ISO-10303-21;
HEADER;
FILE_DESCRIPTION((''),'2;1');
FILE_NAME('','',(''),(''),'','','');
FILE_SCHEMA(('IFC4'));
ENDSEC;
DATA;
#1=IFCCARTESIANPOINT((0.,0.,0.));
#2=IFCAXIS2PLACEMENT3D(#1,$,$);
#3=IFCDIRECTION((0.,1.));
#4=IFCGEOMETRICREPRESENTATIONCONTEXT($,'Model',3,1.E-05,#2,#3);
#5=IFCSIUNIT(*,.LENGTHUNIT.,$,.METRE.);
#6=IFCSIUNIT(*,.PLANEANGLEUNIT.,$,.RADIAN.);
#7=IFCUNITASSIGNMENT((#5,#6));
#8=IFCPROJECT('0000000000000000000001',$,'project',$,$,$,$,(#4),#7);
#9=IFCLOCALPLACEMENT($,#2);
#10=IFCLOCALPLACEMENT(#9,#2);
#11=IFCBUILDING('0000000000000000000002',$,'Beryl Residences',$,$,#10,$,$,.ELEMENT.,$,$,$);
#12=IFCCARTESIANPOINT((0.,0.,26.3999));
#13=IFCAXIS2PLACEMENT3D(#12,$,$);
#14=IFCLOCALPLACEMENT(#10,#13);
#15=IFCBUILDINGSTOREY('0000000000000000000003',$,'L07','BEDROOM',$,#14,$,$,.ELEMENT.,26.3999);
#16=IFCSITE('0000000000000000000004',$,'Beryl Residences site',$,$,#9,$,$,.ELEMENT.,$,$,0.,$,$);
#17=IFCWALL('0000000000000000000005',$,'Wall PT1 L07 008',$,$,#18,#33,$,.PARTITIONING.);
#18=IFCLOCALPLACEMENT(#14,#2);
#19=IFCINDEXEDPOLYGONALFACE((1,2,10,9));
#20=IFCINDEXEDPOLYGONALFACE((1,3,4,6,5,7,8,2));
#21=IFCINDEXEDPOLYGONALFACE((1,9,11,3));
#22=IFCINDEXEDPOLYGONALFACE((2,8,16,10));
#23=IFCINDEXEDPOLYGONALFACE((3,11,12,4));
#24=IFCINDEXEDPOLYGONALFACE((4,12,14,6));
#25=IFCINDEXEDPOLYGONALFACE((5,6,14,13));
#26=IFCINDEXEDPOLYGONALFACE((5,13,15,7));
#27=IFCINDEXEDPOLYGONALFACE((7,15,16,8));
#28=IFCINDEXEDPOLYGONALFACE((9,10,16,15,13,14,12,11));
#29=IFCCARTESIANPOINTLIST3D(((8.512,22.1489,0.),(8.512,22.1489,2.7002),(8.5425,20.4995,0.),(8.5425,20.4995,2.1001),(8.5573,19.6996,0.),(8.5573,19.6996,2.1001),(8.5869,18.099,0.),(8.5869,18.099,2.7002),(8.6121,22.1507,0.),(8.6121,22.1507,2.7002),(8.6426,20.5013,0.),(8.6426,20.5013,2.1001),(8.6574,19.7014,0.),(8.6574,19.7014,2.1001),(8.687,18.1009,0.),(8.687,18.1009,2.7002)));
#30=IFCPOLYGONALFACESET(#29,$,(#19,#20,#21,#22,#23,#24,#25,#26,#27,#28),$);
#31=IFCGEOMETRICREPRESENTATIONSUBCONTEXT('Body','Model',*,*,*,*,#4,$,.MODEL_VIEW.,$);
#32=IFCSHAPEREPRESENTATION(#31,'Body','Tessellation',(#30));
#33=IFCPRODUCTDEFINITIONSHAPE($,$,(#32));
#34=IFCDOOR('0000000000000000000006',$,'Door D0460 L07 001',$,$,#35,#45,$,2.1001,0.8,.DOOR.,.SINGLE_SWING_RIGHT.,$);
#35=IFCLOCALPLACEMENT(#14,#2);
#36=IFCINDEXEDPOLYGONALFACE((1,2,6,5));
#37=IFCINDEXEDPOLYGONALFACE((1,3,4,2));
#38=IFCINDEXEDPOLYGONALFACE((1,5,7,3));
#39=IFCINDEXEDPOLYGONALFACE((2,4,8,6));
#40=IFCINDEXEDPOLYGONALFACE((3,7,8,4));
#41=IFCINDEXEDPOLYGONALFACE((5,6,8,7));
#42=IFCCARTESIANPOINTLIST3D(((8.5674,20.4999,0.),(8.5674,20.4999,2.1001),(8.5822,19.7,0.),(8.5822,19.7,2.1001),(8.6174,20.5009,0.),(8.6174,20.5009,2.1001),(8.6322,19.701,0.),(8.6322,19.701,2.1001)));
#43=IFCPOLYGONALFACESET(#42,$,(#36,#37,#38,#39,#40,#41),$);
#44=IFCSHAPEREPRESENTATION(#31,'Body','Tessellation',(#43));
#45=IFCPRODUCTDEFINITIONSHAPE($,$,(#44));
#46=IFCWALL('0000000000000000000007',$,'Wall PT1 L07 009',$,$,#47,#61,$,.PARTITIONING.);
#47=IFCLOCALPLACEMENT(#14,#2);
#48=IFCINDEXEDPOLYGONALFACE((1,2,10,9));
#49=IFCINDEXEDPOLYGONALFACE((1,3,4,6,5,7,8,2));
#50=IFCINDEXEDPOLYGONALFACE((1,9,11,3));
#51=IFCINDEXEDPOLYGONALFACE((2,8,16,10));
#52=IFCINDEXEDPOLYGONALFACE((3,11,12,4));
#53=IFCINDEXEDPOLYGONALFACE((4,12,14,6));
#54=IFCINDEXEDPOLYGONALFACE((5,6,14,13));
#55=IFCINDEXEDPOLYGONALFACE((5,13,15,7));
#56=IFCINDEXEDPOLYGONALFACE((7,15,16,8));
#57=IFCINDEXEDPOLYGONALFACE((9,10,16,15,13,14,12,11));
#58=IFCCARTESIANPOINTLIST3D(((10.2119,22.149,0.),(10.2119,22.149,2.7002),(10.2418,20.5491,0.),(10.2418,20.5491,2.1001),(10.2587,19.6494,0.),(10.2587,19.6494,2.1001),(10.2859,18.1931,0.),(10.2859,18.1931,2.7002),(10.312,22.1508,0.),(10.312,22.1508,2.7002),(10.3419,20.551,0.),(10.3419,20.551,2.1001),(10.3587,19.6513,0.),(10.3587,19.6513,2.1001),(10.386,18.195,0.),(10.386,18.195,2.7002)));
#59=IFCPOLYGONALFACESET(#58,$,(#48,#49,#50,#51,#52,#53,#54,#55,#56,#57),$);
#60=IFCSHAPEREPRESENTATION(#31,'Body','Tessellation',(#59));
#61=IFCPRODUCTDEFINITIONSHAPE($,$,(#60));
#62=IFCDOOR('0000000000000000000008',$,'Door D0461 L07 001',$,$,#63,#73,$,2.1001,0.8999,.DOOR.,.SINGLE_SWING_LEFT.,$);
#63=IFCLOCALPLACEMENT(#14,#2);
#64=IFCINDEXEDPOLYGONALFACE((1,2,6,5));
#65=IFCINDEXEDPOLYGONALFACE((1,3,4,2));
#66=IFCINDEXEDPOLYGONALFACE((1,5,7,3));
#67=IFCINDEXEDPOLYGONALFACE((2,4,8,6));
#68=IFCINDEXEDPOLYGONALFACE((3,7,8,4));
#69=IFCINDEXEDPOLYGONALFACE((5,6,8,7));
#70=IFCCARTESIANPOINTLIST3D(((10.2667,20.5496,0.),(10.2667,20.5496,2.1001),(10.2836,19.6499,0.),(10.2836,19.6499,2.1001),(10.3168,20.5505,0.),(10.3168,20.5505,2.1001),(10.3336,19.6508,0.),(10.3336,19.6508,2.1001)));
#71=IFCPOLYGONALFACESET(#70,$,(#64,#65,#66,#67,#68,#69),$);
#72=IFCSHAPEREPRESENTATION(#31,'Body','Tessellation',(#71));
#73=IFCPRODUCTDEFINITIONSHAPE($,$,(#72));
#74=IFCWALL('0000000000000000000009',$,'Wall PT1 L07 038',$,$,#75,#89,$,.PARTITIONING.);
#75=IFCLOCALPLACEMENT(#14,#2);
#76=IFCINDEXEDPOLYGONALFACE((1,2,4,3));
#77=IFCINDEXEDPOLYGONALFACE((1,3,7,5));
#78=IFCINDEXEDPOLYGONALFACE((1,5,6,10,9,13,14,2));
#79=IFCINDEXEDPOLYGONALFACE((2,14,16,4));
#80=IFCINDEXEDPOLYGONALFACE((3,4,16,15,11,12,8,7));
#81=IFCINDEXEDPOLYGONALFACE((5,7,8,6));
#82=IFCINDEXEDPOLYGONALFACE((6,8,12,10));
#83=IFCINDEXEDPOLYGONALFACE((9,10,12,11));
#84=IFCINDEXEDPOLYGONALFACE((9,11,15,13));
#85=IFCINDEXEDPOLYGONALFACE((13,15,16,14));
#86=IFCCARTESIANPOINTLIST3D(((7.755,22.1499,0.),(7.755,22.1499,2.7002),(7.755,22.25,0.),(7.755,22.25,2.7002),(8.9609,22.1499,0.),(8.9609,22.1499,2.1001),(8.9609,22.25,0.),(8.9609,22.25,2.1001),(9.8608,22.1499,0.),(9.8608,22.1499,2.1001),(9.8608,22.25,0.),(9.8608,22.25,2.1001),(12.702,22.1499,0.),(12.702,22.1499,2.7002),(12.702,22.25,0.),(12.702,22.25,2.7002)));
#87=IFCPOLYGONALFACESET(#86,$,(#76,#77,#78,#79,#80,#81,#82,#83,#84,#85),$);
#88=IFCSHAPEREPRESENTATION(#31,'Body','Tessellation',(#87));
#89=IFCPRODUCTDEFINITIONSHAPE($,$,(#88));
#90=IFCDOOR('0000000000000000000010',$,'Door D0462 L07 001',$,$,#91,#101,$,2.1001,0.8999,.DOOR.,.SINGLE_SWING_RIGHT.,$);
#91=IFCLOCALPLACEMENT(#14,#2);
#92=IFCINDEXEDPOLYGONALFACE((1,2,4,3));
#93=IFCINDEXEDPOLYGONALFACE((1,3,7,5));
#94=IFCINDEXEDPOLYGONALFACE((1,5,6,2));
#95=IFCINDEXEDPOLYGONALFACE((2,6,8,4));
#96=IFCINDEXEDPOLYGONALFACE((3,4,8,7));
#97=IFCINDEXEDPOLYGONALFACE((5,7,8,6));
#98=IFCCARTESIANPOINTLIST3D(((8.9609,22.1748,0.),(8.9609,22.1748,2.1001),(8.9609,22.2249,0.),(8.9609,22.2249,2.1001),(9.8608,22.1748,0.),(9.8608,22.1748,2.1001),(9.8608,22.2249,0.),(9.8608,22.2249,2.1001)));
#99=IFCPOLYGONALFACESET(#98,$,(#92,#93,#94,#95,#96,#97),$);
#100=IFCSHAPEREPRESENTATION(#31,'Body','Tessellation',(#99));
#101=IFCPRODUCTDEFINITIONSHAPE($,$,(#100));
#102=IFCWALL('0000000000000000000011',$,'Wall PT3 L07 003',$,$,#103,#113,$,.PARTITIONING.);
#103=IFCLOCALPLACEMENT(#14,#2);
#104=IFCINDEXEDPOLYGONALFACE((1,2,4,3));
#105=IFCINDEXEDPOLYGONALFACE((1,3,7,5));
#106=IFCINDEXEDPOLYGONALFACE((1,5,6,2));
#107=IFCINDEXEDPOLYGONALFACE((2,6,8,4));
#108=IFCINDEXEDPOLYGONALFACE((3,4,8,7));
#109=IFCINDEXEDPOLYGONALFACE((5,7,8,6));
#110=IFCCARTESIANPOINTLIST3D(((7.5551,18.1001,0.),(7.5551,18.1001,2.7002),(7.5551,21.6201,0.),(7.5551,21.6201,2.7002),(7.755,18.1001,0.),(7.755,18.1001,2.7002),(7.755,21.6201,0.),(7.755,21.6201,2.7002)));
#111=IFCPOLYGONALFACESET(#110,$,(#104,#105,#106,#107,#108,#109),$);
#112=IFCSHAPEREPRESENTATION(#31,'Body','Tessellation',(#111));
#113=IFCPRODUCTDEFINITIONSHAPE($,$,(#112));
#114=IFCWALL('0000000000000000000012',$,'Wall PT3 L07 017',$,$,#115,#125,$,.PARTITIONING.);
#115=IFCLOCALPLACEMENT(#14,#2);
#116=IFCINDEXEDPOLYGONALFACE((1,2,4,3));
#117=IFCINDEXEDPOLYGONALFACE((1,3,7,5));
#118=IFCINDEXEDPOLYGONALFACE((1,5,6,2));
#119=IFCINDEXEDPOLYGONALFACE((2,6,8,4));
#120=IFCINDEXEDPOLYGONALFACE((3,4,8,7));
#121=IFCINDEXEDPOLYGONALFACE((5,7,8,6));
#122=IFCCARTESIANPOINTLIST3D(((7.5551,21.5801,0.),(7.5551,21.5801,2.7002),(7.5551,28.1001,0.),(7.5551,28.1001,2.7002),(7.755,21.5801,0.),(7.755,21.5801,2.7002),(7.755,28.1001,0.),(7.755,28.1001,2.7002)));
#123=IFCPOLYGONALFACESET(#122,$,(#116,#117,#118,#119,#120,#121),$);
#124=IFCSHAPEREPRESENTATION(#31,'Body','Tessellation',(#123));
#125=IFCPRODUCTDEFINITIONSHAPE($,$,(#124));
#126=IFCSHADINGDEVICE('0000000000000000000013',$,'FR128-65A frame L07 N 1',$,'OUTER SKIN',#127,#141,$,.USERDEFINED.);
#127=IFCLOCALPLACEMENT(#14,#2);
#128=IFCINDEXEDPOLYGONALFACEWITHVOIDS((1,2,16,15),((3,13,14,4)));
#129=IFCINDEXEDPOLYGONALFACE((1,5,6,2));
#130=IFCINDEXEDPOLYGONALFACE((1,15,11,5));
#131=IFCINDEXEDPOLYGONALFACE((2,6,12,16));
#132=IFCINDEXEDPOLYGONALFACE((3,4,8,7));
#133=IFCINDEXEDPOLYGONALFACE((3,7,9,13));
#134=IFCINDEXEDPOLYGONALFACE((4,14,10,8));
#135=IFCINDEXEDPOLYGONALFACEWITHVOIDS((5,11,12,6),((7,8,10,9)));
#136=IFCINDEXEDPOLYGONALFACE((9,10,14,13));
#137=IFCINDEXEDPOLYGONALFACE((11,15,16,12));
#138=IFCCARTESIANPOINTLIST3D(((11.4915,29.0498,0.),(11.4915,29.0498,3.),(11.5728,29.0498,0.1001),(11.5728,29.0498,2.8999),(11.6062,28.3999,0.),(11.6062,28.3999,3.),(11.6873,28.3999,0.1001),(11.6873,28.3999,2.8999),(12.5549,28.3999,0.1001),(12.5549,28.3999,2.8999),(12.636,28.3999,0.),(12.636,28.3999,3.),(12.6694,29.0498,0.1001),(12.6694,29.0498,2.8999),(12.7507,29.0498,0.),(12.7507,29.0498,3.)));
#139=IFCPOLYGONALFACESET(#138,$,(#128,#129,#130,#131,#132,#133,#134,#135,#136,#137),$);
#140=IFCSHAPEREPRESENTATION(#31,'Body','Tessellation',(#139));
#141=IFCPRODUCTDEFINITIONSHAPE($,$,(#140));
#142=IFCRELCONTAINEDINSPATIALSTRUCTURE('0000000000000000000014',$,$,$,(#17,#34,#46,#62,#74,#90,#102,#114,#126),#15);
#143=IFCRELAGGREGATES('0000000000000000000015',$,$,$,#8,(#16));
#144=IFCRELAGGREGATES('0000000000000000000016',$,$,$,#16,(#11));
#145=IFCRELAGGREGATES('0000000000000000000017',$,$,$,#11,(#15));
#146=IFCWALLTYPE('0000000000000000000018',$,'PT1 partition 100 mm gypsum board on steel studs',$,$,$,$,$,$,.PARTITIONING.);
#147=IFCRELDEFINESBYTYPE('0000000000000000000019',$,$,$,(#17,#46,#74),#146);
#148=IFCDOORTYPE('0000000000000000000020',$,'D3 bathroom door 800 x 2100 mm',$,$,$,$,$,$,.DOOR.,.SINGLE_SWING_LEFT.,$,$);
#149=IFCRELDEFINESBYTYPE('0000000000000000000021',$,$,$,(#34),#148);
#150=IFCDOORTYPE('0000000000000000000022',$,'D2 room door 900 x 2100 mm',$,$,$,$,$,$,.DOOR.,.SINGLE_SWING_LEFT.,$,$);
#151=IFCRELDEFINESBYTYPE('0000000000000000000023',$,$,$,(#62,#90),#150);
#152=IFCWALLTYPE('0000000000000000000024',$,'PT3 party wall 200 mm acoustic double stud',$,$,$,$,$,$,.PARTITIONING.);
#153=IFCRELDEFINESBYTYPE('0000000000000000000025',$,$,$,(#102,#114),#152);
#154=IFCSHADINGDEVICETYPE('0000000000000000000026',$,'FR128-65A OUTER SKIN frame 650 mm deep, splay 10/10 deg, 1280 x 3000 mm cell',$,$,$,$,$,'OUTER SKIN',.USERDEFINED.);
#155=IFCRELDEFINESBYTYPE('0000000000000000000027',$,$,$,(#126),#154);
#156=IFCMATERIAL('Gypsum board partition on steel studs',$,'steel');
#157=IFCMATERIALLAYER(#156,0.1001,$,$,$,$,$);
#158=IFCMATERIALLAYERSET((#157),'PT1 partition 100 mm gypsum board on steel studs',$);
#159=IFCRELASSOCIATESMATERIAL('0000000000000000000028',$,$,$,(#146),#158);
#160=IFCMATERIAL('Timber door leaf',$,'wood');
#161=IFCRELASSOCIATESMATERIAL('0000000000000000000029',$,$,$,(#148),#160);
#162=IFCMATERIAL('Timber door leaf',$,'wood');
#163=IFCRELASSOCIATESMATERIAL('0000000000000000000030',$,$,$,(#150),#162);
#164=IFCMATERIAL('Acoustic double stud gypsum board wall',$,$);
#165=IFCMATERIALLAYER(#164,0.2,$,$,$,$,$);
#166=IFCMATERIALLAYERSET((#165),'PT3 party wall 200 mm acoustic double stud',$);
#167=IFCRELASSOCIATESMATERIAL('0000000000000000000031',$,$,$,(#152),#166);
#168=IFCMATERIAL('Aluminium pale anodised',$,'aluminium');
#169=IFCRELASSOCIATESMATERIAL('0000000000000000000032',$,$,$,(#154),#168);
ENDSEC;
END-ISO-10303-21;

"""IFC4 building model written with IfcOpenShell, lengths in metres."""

from ifc_helpers import new_model, entity, si_unit, direction, frame, frame_2d, origin, place, context, subcontext, project, spatial, rectangle, extrude, source, transform, mapped, material, layer, layer_set, type_object, type_shapes, element, fill, save


model = new_model("IFC4")

# Units and contexts
model_context = context("Model", 3, precision=1e-05, world=origin(), true_north=direction((0.0, 1.0)))
body_context = subcontext(model_context, "Body", "Model", "MODEL_VIEW")
ifc_project = project(units=[si_unit("LENGTHUNIT", "METRE"), si_unit("PLANEANGLEUNIT", "RADIAN")], contexts=[model_context])

# Site, building, storey
site_placement = place(None, origin())
site = spatial("IfcSite", under=ifc_project, at=site_placement, Name="Beryl Residences site", CompositionType="ELEMENT", RefElevation=0.0)
building_placement = place(site_placement, origin())
building = spatial("IfcBuilding", under=site, at=building_placement, Name="Beryl Residences", CompositionType="ELEMENT")
storey_placement = place(building_placement, frame((0.0, 0.0, 26.3999)))
storey = spatial("IfcBuildingStorey", under=building, at=storey_placement, Name="L07", Description="BEDROOM", CompositionType="ELEMENT", Elevation=26.3999)

# Walls, openings, doors
ifc_material_1 = material(Name="Gypsum board partition on steel studs", Category="steel")
ifc_layer_1 = layer(ifc_material_1, 0.1001)
ifc_layer_set_1 = layer_set([ifc_layer_1], Name="PT1 partition 100 mm gypsum board on steel studs")
wall_type_1 = type_object("IfcWallType", Name="PT1 partition 100 mm gypsum board on steel studs", PredefinedType="PARTITIONING", material=ifc_layer_set_1)
wall_1_placement = place(storey_placement, frame((8.562, 22.1499, 0.0), z_axis=(0.0, 0.0, 1.0), x_axis=(0.018504, -0.999829, 0.0)))
wall_1 = element("IfcWall", 1, at=wall_1_placement, inside=storey, type_object=wall_type_1, Name="Wall PT1 L07 008", PredefinedType="PARTITIONING", context=body_context, shape_type="SweptSolid", body=[
    extrude(rectangle(XDim=4.0505, YDim=0.1001, at=frame_2d((2.0254, 0.0))), origin(), (0.0, 0.0, 1.0), 2.7002),
])
opening_1_placement = place(wall_1_placement, frame((1.6499, 0.0, 0.0)))
opening_1 = element("IfcOpeningElement", 2, at=opening_1_placement, cuts=wall_1, PredefinedType="OPENING", context=body_context, shape_type="SweptSolid", body=[
    extrude(rectangle(XDim=0.8, YDim=2.1001, at=frame_2d((0.3999, 1.05))), frame((0.0, 0.0601, 0.0), z_axis=(0.0, -1.0, 0.0), x_axis=(1.0, 0.0, 0.0)), (0.0, 0.0, 1.0), 0.1201),
])
ifc_material_2 = material(Name="Timber door leaf", Category="wood")
door_type_1 = type_object("IfcDoorType", Name="D3 bathroom door 800 x 2100 mm", OperationType="SINGLE_SWING_LEFT", PredefinedType="DOOR", material=ifc_material_2)
door_1_placement = place(opening_1_placement, origin())
door_1 = element("IfcDoor", 3, at=door_1_placement, inside=storey, type_object=door_type_1, Name="Door D0460 L07 001", OperationType="SINGLE_SWING_RIGHT", OverallHeight=2.1001, OverallWidth=0.8, PredefinedType="DOOR", context=body_context, shape_type="SweptSolid", body=[
    extrude(rectangle(XDim=0.8, YDim=2.1001, at=frame_2d((0.3999, 1.05))), frame((0.0, 0.0249, 0.0), z_axis=(0.0, -1.0, 0.0), x_axis=(1.0, 0.0, 0.0)), (0.0, 0.0, 1.0), 0.05),
])
fill(opening_1, door_1)
wall_2_placement = place(storey_placement, frame((10.262, 22.1499, 0.0), z_axis=(0.0, 0.0, 1.0), x_axis=(0.018697, -0.999825, 0.0)))
wall_2 = element("IfcWall", 4, at=wall_2_placement, inside=storey, type_object=wall_type_1, Name="Wall PT1 L07 009", PredefinedType="PARTITIONING", context=body_context, shape_type="SweptSolid", body=[
    extrude(rectangle(XDim=3.9565, YDim=0.1001, at=frame_2d((1.9783, 0.0))), origin(), (0.0, 0.0, 1.0), 2.7002),
])
opening_2_placement = place(wall_2_placement, frame((1.6001, 0.0, 0.0)))
opening_2 = element("IfcOpeningElement", 5, at=opening_2_placement, cuts=wall_2, PredefinedType="OPENING", context=body_context, shape_type="SweptSolid", body=[
    extrude(rectangle(XDim=0.8999, YDim=2.1001, at=frame_2d((0.45, 1.05))), frame((0.0, 0.0601, 0.0), z_axis=(0.0, -1.0, 0.0), x_axis=(1.0, 0.0, 0.0)), (0.0, 0.0, 1.0), 0.1201),
])
ifc_material_3 = material(Name="Timber door leaf", Category="wood")
door_type_2 = type_object("IfcDoorType", Name="D2 room door 900 x 2100 mm", OperationType="SINGLE_SWING_LEFT", PredefinedType="DOOR", material=ifc_material_3)
door_2_placement = place(opening_2_placement, origin())
door_2 = element("IfcDoor", 6, at=door_2_placement, inside=storey, type_object=door_type_2, Name="Door D0461 L07 001", OperationType="SINGLE_SWING_LEFT", OverallHeight=2.1001, OverallWidth=0.8999, PredefinedType="DOOR", context=body_context, shape_type="SweptSolid", body=[
    extrude(rectangle(XDim=0.8999, YDim=2.1001, at=frame_2d((0.45, 1.05))), frame((0.0, 0.0249, 0.0), z_axis=(0.0, -1.0, 0.0), x_axis=(1.0, 0.0, 0.0)), (0.0, 0.0, 1.0), 0.05),
])
fill(opening_2, door_2)
wall_3_placement = place(storey_placement, frame((7.7549, 22.2, 0.0), z_axis=(0.0, 0.0, 1.0), x_axis=(1.0, 0.0, 0.0)))
wall_3 = element("IfcWall", 7, at=wall_3_placement, inside=storey, type_object=wall_type_1, Name="Wall PT1 L07 038", PredefinedType="PARTITIONING", context=body_context, shape_type="SweptSolid", body=[
    extrude(rectangle(XDim=4.947, YDim=0.1001, at=frame_2d((2.4736, 0.0))), origin(), (0.0, 0.0, 1.0), 2.7002),
])
opening_3_placement = place(wall_3_placement, frame((1.2061, 0.0, 0.0)))
opening_3 = element("IfcOpeningElement", 8, at=opening_3_placement, cuts=wall_3, PredefinedType="OPENING", context=body_context, shape_type="SweptSolid", body=[
    extrude(rectangle(XDim=0.8999, YDim=2.1001, at=frame_2d((0.45, 1.05))), frame((0.0, 0.0601, 0.0), z_axis=(0.0, -1.0, 0.0), x_axis=(1.0, 0.0, 0.0)), (0.0, 0.0, 1.0), 0.1201),
])
door_3_placement = place(opening_3_placement, origin())
door_3 = element("IfcDoor", 9, at=door_3_placement, inside=storey, type_object=door_type_2, Name="Door D0462 L07 001", OperationType="SINGLE_SWING_RIGHT", OverallHeight=2.1001, OverallWidth=0.8999, PredefinedType="DOOR", context=body_context, shape_type="SweptSolid", body=[
    extrude(rectangle(XDim=0.8999, YDim=2.1001, at=frame_2d((0.45, 1.05))), frame((0.0, 0.0249, 0.0), z_axis=(0.0, -1.0, 0.0), x_axis=(1.0, 0.0, 0.0)), (0.0, 0.0, 1.0), 0.05),
])
fill(opening_3, door_3)

# Walls
ifc_material_4 = material(Name="Acoustic double stud gypsum board wall")
ifc_layer_2 = layer(ifc_material_4, 0.2)
ifc_layer_set_2 = layer_set([ifc_layer_2], Name="PT3 party wall 200 mm acoustic double stud")
wall_type_2 = type_object("IfcWallType", Name="PT3 party wall 200 mm acoustic double stud", PredefinedType="PARTITIONING", material=ifc_layer_set_2)
wall_4_placement = place(storey_placement, frame((7.655, 21.6201, 0.0), z_axis=(0.0, 0.0, 1.0), x_axis=(0.0, -1.0, 0.0)))
element("IfcWall", 10, at=wall_4_placement, inside=storey, type_object=wall_type_2, Name="Wall PT3 L07 003", PredefinedType="PARTITIONING", context=body_context, shape_type="SweptSolid", body=[
    extrude(rectangle(XDim=3.52, YDim=0.2, at=frame_2d((1.76, 0.0))), origin(), (0.0, 0.0, 1.0), 2.7002),
])
wall_5_placement = place(storey_placement, frame((7.655, 21.5801, 0.0), z_axis=(0.0, 0.0, 1.0), x_axis=(0.0, 1.0, 0.0)))
element("IfcWall", 11, at=wall_5_placement, inside=storey, type_object=wall_type_2, Name="Wall PT3 L07 017", PredefinedType="PARTITIONING", context=body_context, shape_type="SweptSolid", body=[
    extrude(rectangle(XDim=6.52, YDim=0.2, at=frame_2d((3.26, 0.0))), origin(), (0.0, 0.0, 1.0), 2.7002),
])

# Shading device
ifc_material_5 = material(Name="Aluminium pale anodised", Category="aluminium")
shading_device_type_1 = type_object("IfcShadingDeviceType", Name="FR128-65A OUTER SKIN frame 650 mm deep, splay 10/10 deg, 1280 x 3000 mm cell", ElementType="OUTER SKIN", PredefinedType="USERDEFINED", material=ifc_material_5)
cartesian_point_1 = entity("IfcCartesianPoint", [-0.5149, 0.0])
cartesian_point_2 = entity("IfcCartesianPoint", [-0.4338, 0.1001])
cartesian_point_3 = entity("IfcCartesianPoint", [-0.6296, 0.0])
cartesian_point_4 = entity("IfcCartesianPoint", [-0.5483, 0.1001])
shared_shape_1 = source(origin(), body_context, "Body", "SweptSolid", [
    entity("IfcExtrudedAreaSolidTapered", entity("IfcArbitraryProfileDefWithVoids", "AREA", None, entity("IfcPolyline", [cartesian_point_1, entity("IfcCartesianPoint", [0.5149, 0.0]), entity("IfcCartesianPoint", [0.5149, 3.0]), entity("IfcCartesianPoint", [-0.5149, 3.0]), cartesian_point_1]), [entity("IfcPolyline", [cartesian_point_2, entity("IfcCartesianPoint", [0.4338, 0.1001]), entity("IfcCartesianPoint", [0.4338, 2.8999]), entity("IfcCartesianPoint", [-0.4338, 2.8999]), cartesian_point_2])]), entity("IfcAxis2Placement3D", entity("IfcCartesianPoint", [0.0, 0.0, 0.0]), entity("IfcDirection", [0.0, 1.0, 0.0]), entity("IfcDirection", [-1.0, 0.0, 0.0])), entity("IfcDirection", [0.0, 0.0, 1.0]), 0.6499, entity("IfcArbitraryProfileDefWithVoids", "AREA", None, entity("IfcPolyline", [cartesian_point_3, entity("IfcCartesianPoint", [0.6296, 0.0]), entity("IfcCartesianPoint", [0.6296, 3.0]), entity("IfcCartesianPoint", [-0.6296, 3.0]), cartesian_point_3]), [entity("IfcPolyline", [cartesian_point_4, entity("IfcCartesianPoint", [0.5483, 0.1001]), entity("IfcCartesianPoint", [0.5483, 2.8999]), entity("IfcCartesianPoint", [-0.5483, 2.8999]), cartesian_point_4])])),
])
type_shapes(shading_device_type_1, [shared_shape_1])
shading_device_placement = place(storey_placement, frame((12.1211, 28.3999, 0.0), z_axis=(0.0, 0.0, 1.0), x_axis=(1.0, 0.0, 0.0)))
element("IfcShadingDevice", 12, at=shading_device_placement, inside=storey, type_object=shading_device_type_1, Name="FR128-65A frame L07 N 1", ObjectType="OUTER SKIN", PredefinedType="USERDEFINED", context=body_context, shape_type="MappedRepresentation", body=[
    mapped(shared_shape_1, transform((0.0, 0.0, 0.0))),
])

save(model, "model.ifc")
